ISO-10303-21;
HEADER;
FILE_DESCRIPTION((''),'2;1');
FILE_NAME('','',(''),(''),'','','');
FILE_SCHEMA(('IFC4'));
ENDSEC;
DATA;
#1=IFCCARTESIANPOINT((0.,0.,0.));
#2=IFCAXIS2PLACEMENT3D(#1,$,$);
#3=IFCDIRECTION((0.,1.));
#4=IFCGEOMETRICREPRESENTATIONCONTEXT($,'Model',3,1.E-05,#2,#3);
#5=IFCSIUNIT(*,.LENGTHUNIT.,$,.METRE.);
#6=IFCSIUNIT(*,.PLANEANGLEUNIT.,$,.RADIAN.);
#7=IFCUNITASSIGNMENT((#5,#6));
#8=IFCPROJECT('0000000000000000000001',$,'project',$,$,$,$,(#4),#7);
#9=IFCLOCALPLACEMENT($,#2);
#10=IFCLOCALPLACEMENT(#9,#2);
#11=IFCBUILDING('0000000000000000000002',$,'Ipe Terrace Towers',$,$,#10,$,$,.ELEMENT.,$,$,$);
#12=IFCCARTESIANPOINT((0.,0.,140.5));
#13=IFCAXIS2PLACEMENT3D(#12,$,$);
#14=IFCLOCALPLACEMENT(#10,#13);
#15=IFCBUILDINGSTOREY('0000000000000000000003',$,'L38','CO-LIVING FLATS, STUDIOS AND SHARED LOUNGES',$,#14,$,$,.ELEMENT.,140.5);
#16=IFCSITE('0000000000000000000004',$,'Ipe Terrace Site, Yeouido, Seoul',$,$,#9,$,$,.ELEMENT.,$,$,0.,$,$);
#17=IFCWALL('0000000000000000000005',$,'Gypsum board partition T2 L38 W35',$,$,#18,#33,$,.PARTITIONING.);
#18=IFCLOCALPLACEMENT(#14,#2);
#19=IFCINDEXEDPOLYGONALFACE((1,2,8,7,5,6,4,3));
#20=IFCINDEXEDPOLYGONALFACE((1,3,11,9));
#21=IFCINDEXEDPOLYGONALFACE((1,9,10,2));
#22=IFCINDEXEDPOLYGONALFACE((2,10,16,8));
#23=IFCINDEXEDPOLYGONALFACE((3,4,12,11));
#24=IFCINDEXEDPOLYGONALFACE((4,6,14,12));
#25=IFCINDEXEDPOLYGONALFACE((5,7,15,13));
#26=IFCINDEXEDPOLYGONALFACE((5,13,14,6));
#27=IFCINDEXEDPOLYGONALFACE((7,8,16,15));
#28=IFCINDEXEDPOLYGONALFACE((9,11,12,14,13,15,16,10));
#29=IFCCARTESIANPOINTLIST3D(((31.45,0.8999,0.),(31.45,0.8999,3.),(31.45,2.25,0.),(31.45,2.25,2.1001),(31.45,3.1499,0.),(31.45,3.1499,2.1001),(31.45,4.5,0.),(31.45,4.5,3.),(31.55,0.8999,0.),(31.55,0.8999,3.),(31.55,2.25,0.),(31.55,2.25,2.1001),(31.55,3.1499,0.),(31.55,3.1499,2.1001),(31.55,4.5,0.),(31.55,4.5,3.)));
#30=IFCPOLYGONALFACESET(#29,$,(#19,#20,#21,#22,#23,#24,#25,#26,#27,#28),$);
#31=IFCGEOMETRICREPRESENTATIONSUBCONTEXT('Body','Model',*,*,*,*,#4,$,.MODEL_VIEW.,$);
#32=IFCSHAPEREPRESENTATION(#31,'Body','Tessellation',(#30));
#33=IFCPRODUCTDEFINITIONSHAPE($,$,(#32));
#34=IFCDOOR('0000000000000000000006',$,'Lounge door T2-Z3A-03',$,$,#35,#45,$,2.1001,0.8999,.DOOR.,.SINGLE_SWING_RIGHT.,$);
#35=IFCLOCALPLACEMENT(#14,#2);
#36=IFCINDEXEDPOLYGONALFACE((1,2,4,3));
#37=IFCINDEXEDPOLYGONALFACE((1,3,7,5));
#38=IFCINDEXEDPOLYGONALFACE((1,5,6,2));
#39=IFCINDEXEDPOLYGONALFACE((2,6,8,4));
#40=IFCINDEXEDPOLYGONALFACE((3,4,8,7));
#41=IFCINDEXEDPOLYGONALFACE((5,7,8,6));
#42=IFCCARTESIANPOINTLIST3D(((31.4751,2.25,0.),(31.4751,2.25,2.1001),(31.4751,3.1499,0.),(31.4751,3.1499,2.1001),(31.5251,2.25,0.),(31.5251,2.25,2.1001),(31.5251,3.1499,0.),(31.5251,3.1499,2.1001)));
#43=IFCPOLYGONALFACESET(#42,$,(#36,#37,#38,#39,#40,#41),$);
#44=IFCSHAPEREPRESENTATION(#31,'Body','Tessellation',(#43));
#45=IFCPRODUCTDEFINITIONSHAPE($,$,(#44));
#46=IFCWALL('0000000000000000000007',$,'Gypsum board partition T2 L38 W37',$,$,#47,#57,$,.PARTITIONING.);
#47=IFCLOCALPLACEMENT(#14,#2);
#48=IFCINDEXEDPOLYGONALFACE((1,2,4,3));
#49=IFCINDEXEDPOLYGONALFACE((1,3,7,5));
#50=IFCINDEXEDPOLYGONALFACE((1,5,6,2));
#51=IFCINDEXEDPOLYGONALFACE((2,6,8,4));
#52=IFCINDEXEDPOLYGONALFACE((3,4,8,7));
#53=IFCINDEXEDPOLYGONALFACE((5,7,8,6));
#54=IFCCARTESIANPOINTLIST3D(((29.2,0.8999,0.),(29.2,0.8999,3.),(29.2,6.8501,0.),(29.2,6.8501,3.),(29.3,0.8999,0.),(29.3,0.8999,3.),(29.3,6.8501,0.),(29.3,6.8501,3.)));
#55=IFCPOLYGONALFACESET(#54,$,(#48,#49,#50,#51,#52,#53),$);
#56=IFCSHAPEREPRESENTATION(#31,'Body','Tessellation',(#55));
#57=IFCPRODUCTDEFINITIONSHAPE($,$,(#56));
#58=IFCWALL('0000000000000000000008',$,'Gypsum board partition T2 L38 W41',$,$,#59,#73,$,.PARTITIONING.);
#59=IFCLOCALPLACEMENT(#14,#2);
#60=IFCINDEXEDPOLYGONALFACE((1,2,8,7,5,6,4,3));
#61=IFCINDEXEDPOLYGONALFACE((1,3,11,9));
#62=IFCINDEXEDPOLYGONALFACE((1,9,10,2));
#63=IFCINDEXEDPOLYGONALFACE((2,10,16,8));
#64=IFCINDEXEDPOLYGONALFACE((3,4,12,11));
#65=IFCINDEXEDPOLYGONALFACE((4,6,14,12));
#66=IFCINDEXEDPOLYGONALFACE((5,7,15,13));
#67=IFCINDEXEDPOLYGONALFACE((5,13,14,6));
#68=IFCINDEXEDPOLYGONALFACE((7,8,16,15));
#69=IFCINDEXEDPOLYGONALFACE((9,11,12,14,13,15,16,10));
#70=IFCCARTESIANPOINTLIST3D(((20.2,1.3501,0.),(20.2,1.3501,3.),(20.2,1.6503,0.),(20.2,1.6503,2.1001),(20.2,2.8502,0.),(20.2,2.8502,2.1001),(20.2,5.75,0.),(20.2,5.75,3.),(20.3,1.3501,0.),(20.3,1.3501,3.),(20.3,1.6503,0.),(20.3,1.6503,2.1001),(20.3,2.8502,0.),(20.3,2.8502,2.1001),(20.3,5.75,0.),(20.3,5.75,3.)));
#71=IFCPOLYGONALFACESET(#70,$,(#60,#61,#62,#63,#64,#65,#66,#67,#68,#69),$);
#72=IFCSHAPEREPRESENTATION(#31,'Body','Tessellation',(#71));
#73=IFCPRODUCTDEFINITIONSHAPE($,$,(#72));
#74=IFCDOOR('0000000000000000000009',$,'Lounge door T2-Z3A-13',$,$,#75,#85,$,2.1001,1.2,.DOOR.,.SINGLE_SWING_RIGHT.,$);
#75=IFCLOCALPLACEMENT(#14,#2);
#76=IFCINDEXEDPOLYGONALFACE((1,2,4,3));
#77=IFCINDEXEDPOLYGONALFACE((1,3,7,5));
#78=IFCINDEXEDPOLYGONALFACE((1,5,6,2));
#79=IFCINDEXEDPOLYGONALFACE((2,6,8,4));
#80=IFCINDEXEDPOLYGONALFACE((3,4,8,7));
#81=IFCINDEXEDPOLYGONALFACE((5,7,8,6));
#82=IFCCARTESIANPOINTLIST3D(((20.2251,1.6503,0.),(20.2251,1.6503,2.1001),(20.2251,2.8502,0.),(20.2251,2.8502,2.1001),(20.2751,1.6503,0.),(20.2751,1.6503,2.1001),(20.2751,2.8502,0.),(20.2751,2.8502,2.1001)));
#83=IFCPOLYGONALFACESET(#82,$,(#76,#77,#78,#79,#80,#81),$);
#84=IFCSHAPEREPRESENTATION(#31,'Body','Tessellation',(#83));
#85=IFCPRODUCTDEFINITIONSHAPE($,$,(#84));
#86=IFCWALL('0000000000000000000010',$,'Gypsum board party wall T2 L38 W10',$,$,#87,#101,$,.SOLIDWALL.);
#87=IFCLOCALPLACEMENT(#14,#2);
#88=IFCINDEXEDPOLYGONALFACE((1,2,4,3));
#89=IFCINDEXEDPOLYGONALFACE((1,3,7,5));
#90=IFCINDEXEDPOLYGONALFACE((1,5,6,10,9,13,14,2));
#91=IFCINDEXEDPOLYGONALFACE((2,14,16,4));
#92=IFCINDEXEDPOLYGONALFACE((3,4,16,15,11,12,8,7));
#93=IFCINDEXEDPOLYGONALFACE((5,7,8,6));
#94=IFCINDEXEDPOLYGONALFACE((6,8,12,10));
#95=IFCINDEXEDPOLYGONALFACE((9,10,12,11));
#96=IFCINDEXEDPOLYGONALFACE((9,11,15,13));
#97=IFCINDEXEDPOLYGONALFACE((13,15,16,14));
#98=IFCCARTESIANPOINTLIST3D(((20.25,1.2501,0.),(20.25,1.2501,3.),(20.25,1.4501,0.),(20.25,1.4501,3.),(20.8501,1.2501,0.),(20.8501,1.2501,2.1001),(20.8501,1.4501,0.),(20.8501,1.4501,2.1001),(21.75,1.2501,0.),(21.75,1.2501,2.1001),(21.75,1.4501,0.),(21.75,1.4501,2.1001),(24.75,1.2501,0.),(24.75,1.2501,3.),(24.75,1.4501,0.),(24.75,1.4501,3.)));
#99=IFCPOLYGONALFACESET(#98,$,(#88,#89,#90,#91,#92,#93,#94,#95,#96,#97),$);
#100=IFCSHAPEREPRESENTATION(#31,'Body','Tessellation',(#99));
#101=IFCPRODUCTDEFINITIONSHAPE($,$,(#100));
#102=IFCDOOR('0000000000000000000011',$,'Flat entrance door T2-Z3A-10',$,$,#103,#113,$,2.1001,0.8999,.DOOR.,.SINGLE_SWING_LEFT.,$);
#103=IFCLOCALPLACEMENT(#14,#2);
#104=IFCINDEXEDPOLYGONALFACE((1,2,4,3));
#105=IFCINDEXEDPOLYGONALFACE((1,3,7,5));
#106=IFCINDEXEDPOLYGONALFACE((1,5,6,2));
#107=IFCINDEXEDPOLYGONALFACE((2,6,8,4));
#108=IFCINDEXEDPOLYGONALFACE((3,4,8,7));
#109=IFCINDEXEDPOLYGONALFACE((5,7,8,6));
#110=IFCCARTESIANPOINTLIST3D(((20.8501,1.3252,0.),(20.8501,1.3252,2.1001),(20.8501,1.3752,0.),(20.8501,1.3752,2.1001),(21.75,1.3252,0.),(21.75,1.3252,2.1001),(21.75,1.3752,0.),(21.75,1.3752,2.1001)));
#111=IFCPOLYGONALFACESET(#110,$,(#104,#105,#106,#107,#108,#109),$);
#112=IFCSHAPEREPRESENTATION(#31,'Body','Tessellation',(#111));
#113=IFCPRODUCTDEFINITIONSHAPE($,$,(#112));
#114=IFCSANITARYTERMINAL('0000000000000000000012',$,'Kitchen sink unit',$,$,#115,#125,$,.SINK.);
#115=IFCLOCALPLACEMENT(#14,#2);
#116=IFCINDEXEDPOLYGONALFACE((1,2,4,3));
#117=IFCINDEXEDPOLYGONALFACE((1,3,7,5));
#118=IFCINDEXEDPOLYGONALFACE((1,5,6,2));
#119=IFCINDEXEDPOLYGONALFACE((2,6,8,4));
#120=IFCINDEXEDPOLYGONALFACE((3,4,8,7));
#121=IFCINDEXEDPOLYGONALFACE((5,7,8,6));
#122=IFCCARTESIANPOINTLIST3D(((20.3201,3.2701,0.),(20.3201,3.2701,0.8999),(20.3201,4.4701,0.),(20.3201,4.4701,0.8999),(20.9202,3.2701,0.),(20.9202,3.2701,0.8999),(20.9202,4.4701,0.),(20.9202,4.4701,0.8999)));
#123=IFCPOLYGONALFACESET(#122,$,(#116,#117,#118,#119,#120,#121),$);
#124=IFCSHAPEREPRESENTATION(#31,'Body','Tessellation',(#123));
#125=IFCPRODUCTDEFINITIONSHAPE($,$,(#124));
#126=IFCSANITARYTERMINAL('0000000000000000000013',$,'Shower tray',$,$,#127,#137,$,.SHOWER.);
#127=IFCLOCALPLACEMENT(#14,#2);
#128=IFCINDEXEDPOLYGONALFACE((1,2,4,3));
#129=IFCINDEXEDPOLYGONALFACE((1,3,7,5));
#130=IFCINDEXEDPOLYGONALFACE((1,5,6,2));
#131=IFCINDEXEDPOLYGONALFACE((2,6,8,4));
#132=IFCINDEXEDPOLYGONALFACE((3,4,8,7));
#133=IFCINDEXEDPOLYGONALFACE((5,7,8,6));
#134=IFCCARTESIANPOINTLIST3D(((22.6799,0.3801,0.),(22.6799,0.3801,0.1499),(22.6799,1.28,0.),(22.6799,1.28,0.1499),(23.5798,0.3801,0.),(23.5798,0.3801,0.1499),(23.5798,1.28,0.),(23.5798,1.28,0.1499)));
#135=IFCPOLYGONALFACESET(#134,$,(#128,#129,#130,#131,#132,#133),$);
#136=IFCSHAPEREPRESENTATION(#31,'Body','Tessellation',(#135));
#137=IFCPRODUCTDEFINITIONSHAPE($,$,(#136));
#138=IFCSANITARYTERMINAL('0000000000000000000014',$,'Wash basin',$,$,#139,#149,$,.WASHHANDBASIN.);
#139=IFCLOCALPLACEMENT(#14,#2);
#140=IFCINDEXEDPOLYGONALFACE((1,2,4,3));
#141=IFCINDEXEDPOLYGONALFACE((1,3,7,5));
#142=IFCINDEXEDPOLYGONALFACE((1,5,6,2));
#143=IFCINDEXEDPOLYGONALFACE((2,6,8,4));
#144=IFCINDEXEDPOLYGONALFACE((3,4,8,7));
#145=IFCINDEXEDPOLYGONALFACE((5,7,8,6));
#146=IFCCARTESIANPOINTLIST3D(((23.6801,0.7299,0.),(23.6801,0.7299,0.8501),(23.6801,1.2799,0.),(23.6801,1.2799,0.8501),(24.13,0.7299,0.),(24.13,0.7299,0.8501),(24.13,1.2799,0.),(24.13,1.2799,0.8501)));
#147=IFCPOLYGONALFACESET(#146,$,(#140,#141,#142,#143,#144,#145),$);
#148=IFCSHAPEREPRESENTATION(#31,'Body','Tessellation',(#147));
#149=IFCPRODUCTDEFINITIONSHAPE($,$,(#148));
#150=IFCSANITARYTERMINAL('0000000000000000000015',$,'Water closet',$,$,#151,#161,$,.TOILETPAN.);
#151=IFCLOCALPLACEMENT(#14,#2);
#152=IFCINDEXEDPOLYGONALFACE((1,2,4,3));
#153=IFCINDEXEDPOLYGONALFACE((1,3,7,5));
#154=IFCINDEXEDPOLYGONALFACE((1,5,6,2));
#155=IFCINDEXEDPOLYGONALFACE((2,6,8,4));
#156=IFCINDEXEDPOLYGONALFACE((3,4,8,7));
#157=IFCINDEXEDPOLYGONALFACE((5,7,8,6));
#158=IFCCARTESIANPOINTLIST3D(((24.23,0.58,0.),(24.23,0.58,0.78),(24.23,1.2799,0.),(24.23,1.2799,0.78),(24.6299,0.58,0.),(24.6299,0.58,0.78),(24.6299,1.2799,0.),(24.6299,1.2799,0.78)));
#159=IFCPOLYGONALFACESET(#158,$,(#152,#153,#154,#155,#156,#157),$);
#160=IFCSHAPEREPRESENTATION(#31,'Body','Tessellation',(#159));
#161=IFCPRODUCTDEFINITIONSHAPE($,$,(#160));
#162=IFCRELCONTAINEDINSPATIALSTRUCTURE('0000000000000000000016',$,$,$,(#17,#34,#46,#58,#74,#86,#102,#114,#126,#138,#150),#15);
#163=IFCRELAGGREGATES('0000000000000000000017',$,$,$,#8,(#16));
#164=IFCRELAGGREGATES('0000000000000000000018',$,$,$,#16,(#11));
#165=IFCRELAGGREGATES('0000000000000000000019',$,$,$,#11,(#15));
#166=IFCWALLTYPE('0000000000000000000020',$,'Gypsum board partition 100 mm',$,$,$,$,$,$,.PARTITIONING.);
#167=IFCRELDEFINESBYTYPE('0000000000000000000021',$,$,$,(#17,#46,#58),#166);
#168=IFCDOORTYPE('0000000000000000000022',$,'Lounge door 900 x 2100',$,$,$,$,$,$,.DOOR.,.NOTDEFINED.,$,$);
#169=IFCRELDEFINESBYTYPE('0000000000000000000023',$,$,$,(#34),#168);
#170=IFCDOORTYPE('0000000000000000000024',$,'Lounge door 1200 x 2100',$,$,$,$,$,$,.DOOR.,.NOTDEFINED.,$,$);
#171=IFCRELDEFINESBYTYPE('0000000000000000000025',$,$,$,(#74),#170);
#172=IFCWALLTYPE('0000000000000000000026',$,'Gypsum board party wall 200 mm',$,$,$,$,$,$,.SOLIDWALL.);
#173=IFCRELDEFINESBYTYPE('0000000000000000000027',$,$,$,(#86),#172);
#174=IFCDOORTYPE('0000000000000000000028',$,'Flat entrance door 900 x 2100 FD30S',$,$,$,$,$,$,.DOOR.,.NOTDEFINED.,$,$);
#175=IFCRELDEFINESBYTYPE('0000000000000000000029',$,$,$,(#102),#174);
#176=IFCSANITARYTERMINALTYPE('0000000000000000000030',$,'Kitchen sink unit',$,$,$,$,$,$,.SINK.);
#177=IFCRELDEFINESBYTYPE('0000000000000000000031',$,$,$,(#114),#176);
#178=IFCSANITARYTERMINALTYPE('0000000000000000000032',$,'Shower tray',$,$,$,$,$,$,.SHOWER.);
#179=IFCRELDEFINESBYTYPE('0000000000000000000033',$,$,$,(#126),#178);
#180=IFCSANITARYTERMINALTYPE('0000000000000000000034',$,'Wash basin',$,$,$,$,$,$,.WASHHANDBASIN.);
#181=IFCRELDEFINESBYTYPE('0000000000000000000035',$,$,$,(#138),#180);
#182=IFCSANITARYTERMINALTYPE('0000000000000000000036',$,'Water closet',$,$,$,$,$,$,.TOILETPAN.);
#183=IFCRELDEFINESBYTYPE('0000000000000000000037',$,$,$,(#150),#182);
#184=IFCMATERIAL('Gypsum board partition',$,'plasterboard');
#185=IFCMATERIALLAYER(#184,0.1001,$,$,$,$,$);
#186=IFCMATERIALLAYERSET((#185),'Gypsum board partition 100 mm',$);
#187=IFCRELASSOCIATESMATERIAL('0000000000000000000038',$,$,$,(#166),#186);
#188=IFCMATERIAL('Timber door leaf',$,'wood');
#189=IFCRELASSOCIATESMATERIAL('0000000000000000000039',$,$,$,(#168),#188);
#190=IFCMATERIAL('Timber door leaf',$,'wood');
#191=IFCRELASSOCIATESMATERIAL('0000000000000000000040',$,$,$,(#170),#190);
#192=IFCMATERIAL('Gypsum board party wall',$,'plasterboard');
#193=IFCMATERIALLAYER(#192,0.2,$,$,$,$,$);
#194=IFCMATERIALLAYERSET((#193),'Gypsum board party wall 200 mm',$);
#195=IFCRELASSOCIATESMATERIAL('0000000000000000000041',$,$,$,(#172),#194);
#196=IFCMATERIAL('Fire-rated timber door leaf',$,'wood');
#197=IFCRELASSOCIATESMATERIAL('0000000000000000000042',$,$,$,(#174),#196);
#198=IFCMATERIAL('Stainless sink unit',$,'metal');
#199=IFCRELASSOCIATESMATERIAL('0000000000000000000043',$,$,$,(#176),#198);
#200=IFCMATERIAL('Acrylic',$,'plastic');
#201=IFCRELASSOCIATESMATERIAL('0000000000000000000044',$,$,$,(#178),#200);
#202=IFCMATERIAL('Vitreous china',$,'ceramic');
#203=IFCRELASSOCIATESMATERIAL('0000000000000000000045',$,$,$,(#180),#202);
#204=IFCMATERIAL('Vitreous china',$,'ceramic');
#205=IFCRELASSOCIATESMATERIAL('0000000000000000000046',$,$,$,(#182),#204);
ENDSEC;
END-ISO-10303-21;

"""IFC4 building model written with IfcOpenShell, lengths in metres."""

from ifc_helpers import new_model, si_unit, direction, frame, frame_2d, origin, origin_2d, place, context, subcontext, project, spatial, rectangle, extrude, material, layer, layer_set, type_object, element, fill, save


model = new_model("IFC4")

# Units and contexts
model_context = context("Model", 3, precision=1e-05, world=origin(), true_north=direction((0.0, 1.0)))
body_context = subcontext(model_context, "Body", "Model", "MODEL_VIEW")
ifc_project = project(units=[si_unit("LENGTHUNIT", "METRE"), si_unit("PLANEANGLEUNIT", "RADIAN")], contexts=[model_context])

# Site, building, storey
site_placement = place(None, origin())
site = spatial("IfcSite", under=ifc_project, at=site_placement, Name="Ipe Terrace Site, Yeouido, Seoul", CompositionType="ELEMENT", RefElevation=0.0)
building_placement = place(site_placement, origin())
building = spatial("IfcBuilding", under=site, at=building_placement, Name="Ipe Terrace Towers", CompositionType="ELEMENT")
storey_placement = place(building_placement, frame((0.0, 0.0, 140.5)))
storey = spatial("IfcBuildingStorey", under=building, at=storey_placement, Name="L38", Description="CO-LIVING FLATS, STUDIOS AND SHARED LOUNGES", CompositionType="ELEMENT", Elevation=140.5)

# Shared definitions
ifc_material_1 = material(Name="Gypsum board partition", Category="plasterboard")
ifc_layer_1 = layer(ifc_material_1, 0.1001)
ifc_layer_set_1 = layer_set([ifc_layer_1], Name="Gypsum board partition 100 mm")
wall_type_1 = type_object("IfcWallType", Name="Gypsum board partition 100 mm", PredefinedType="PARTITIONING", material=ifc_layer_set_1)

# Wall, opening, door
ifc_material_2 = material(Name="Timber door leaf", Category="wood")
door_type_1 = type_object("IfcDoorType", Name="Lounge door 900 x 2100", OperationType="NOTDEFINED", PredefinedType="DOOR", material=ifc_material_2)
wall_1_placement = place(storey_placement, frame((31.5, 0.8999, 0.0), z_axis=(0.0, 0.0, 1.0), x_axis=(0.0, 1.0, 0.0)))
wall_1 = element("IfcWall", 1, at=wall_1_placement, inside=storey, type_object=wall_type_1, Name="Gypsum board partition T2 L38 W35", PredefinedType="PARTITIONING", context=body_context, shape_type="SweptSolid", body=[
    extrude(rectangle(XDim=3.6001, YDim=0.1001, at=frame_2d((1.8, 0.0))), origin(), (0.0, 0.0, 1.0), 3.0),
])
opening_1_placement = place(wall_1_placement, frame((1.3501, 0.0, 0.0)))
opening_1 = element("IfcOpeningElement", 2, at=opening_1_placement, cuts=wall_1, PredefinedType="OPENING", context=body_context, shape_type="SweptSolid", body=[
    extrude(rectangle(XDim=0.8999, YDim=2.1001, at=frame_2d((0.45, 1.05))), frame((0.0, 0.0601, 0.0), z_axis=(0.0, -1.0, 0.0), x_axis=(1.0, 0.0, 0.0)), (0.0, 0.0, 1.0), 0.1201),
])
door_1_placement = place(opening_1_placement, origin())
door_1 = element("IfcDoor", 3, at=door_1_placement, inside=storey, type_object=door_type_1, Name="Lounge door T2-Z3A-03", OperationType="SINGLE_SWING_RIGHT", OverallHeight=2.1001, OverallWidth=0.8999, PredefinedType="DOOR", context=body_context, shape_type="SweptSolid", body=[
    extrude(rectangle(XDim=0.8999, YDim=2.1001, at=frame_2d((0.45, 1.05))), frame((0.0, 0.0249, 0.0), z_axis=(0.0, -1.0, 0.0), x_axis=(1.0, 0.0, 0.0)), (0.0, 0.0, 1.0), 0.05),
])
fill(opening_1, door_1)

# Wall
wall_2_placement = place(storey_placement, frame((29.25, 0.8999, 0.0), z_axis=(0.0, 0.0, 1.0), x_axis=(0.0, 1.0, 0.0)))
element("IfcWall", 4, at=wall_2_placement, inside=storey, type_object=wall_type_1, Name="Gypsum board partition T2 L38 W37", PredefinedType="PARTITIONING", context=body_context, shape_type="SweptSolid", body=[
    extrude(rectangle(XDim=5.9502, YDim=0.1001, at=frame_2d((2.9751, 0.0))), origin(), (0.0, 0.0, 1.0), 3.0),
])

# Walls, openings, doors
wall_3_placement = place(storey_placement, frame((20.25, 1.3501, 0.0), z_axis=(0.0, 0.0, 1.0), x_axis=(0.0, 1.0, 0.0)))
wall_3 = element("IfcWall", 5, at=wall_3_placement, inside=storey, type_object=wall_type_1, Name="Gypsum board partition T2 L38 W41", PredefinedType="PARTITIONING", context=body_context, shape_type="SweptSolid", body=[
    extrude(rectangle(XDim=4.3999, YDim=0.1001, at=frame_2d((2.2, 0.0))), origin(), (0.0, 0.0, 1.0), 3.0),
])
opening_2_placement = place(wall_3_placement, frame((0.3, 0.0, 0.0)))
opening_2 = element("IfcOpeningElement", 6, at=opening_2_placement, cuts=wall_3, PredefinedType="OPENING", context=body_context, shape_type="SweptSolid", body=[
    extrude(rectangle(XDim=1.2, YDim=2.1001, at=frame_2d((0.6001, 1.05))), frame((0.0, 0.0601, 0.0), z_axis=(0.0, -1.0, 0.0), x_axis=(1.0, 0.0, 0.0)), (0.0, 0.0, 1.0), 0.1201),
])
ifc_material_3 = material(Name="Timber door leaf", Category="wood")
door_type_2 = type_object("IfcDoorType", Name="Lounge door 1200 x 2100", OperationType="NOTDEFINED", PredefinedType="DOOR", material=ifc_material_3)
door_2_placement = place(opening_2_placement, origin())
door_2 = element("IfcDoor", 7, at=door_2_placement, inside=storey, type_object=door_type_2, Name="Lounge door T2-Z3A-13", OperationType="SINGLE_SWING_RIGHT", OverallHeight=2.1001, OverallWidth=1.2, PredefinedType="DOOR", context=body_context, shape_type="SweptSolid", body=[
    extrude(rectangle(XDim=1.2, YDim=2.1001, at=frame_2d((0.6001, 1.05))), frame((0.0, 0.0249, 0.0), z_axis=(0.0, -1.0, 0.0), x_axis=(1.0, 0.0, 0.0)), (0.0, 0.0, 1.0), 0.05),
])
fill(opening_2, door_2)
ifc_material_4 = material(Name="Gypsum board party wall", Category="plasterboard")
ifc_layer_2 = layer(ifc_material_4, 0.2)
ifc_layer_set_2 = layer_set([ifc_layer_2], Name="Gypsum board party wall 200 mm")
wall_type_2 = type_object("IfcWallType", Name="Gypsum board party wall 200 mm", PredefinedType="SOLIDWALL", material=ifc_layer_set_2)
wall_4_placement = place(storey_placement, frame((24.75, 1.3501, 0.0), z_axis=(0.0, 0.0, 1.0), x_axis=(-1.0, 0.0, 0.0)))
wall_4 = element("IfcWall", 8, at=wall_4_placement, inside=storey, type_object=wall_type_2, Name="Gypsum board party wall T2 L38 W10", PredefinedType="SOLIDWALL", context=body_context, shape_type="SweptSolid", body=[
    extrude(rectangle(XDim=4.5, YDim=0.2, at=frame_2d((2.25, 0.0))), origin(), (0.0, 0.0, 1.0), 3.0),
])
opening_3_placement = place(wall_4_placement, frame((3.0, 0.0, 0.0)))
opening_3 = element("IfcOpeningElement", 9, at=opening_3_placement, cuts=wall_4, PredefinedType="OPENING", context=body_context, shape_type="SweptSolid", body=[
    extrude(rectangle(XDim=0.8999, YDim=2.1001, at=frame_2d((0.45, 1.05))), frame((0.0, 0.1099, 0.0), z_axis=(0.0, -1.0, 0.0), x_axis=(1.0, 0.0, 0.0)), (0.0, 0.0, 1.0), 0.22),
])
ifc_material_5 = material(Name="Fire-rated timber door leaf", Category="wood")
door_type_3 = type_object("IfcDoorType", Name="Flat entrance door 900 x 2100 FD30S", OperationType="NOTDEFINED", PredefinedType="DOOR", material=ifc_material_5)
door_3_placement = place(opening_3_placement, origin())
door_3 = element("IfcDoor", 10, at=door_3_placement, inside=storey, type_object=door_type_3, Name="Flat entrance door T2-Z3A-10", OperationType="SINGLE_SWING_LEFT", OverallHeight=2.1001, OverallWidth=0.8999, PredefinedType="DOOR", context=body_context, shape_type="SweptSolid", body=[
    extrude(rectangle(XDim=0.8999, YDim=2.1001, at=frame_2d((0.45, 1.05))), frame((0.0, 0.0249, 0.0), z_axis=(0.0, -1.0, 0.0), x_axis=(1.0, 0.0, 0.0)), (0.0, 0.0, 1.0), 0.05),
])
fill(opening_3, door_3)

# Sanitary terminals
ifc_material_6 = material(Name="Stainless sink unit", Category="metal")
sanitary_terminal_type_1 = type_object("IfcSanitaryTerminalType", Name="Kitchen sink unit", PredefinedType="SINK", material=ifc_material_6)
sanitary_terminal_1_placement = place(storey_placement, frame((20.6201, 3.8701, 0.0), z_axis=(0.0, 0.0, 1.0), x_axis=(0.0, 1.0, 0.0)))
element("IfcSanitaryTerminal", 11, at=sanitary_terminal_1_placement, inside=storey, type_object=sanitary_terminal_type_1, Name="Kitchen sink unit", PredefinedType="SINK", context=body_context, shape_type="SweptSolid", body=[
    extrude(rectangle(XDim=1.2, YDim=0.6001, at=origin_2d()), origin(), (0.0, 0.0, 1.0), 0.8999),
])
ifc_material_7 = material(Name="Acrylic", Category="plastic")
sanitary_terminal_type_2 = type_object("IfcSanitaryTerminalType", Name="Shower tray", PredefinedType="SHOWER", material=ifc_material_7)
sanitary_terminal_2_placement = place(storey_placement, frame((23.1299, 0.8301, 0.0), z_axis=(0.0, 0.0, 1.0), x_axis=(0.0, -1.0, 0.0)))
element("IfcSanitaryTerminal", 12, at=sanitary_terminal_2_placement, inside=storey, type_object=sanitary_terminal_type_2, Name="Shower tray", PredefinedType="SHOWER", context=body_context, shape_type="SweptSolid", body=[
    extrude(rectangle(XDim=0.8999, YDim=0.8999, at=origin_2d()), origin(), (0.0, 0.0, 1.0), 0.1499),
])
ifc_material_8 = material(Name="Vitreous china", Category="ceramic")
sanitary_terminal_type_3 = type_object("IfcSanitaryTerminalType", Name="Wash basin", PredefinedType="WASHHANDBASIN", material=ifc_material_8)
sanitary_terminal_3_placement = place(storey_placement, frame((23.905, 1.0049, 0.0), z_axis=(0.0, 0.0, 1.0), x_axis=(0.0, -1.0, 0.0)))
element("IfcSanitaryTerminal", 13, at=sanitary_terminal_3_placement, inside=storey, type_object=sanitary_terminal_type_3, Name="Wash basin", PredefinedType="WASHHANDBASIN", context=body_context, shape_type="SweptSolid", body=[
    extrude(rectangle(XDim=0.55, YDim=0.45, at=origin_2d()), origin(), (0.0, 0.0, 1.0), 0.8501),
])
ifc_material_9 = material(Name="Vitreous china", Category="ceramic")
sanitary_terminal_type_4 = type_object("IfcSanitaryTerminalType", Name="Water closet", PredefinedType="TOILETPAN", material=ifc_material_9)
sanitary_terminal_4_placement = place(storey_placement, frame((24.4299, 0.9299, 0.0), z_axis=(0.0, 0.0, 1.0), x_axis=(0.0, -1.0, 0.0)))
element("IfcSanitaryTerminal", 14, at=sanitary_terminal_4_placement, inside=storey, type_object=sanitary_terminal_type_4, Name="Water closet", PredefinedType="TOILETPAN", context=body_context, shape_type="SweptSolid", body=[
    extrude(rectangle(XDim=0.7, YDim=0.3999, at=origin_2d()), origin(), (0.0, 0.0, 1.0), 0.78),
])

save(model, "model.ifc")
